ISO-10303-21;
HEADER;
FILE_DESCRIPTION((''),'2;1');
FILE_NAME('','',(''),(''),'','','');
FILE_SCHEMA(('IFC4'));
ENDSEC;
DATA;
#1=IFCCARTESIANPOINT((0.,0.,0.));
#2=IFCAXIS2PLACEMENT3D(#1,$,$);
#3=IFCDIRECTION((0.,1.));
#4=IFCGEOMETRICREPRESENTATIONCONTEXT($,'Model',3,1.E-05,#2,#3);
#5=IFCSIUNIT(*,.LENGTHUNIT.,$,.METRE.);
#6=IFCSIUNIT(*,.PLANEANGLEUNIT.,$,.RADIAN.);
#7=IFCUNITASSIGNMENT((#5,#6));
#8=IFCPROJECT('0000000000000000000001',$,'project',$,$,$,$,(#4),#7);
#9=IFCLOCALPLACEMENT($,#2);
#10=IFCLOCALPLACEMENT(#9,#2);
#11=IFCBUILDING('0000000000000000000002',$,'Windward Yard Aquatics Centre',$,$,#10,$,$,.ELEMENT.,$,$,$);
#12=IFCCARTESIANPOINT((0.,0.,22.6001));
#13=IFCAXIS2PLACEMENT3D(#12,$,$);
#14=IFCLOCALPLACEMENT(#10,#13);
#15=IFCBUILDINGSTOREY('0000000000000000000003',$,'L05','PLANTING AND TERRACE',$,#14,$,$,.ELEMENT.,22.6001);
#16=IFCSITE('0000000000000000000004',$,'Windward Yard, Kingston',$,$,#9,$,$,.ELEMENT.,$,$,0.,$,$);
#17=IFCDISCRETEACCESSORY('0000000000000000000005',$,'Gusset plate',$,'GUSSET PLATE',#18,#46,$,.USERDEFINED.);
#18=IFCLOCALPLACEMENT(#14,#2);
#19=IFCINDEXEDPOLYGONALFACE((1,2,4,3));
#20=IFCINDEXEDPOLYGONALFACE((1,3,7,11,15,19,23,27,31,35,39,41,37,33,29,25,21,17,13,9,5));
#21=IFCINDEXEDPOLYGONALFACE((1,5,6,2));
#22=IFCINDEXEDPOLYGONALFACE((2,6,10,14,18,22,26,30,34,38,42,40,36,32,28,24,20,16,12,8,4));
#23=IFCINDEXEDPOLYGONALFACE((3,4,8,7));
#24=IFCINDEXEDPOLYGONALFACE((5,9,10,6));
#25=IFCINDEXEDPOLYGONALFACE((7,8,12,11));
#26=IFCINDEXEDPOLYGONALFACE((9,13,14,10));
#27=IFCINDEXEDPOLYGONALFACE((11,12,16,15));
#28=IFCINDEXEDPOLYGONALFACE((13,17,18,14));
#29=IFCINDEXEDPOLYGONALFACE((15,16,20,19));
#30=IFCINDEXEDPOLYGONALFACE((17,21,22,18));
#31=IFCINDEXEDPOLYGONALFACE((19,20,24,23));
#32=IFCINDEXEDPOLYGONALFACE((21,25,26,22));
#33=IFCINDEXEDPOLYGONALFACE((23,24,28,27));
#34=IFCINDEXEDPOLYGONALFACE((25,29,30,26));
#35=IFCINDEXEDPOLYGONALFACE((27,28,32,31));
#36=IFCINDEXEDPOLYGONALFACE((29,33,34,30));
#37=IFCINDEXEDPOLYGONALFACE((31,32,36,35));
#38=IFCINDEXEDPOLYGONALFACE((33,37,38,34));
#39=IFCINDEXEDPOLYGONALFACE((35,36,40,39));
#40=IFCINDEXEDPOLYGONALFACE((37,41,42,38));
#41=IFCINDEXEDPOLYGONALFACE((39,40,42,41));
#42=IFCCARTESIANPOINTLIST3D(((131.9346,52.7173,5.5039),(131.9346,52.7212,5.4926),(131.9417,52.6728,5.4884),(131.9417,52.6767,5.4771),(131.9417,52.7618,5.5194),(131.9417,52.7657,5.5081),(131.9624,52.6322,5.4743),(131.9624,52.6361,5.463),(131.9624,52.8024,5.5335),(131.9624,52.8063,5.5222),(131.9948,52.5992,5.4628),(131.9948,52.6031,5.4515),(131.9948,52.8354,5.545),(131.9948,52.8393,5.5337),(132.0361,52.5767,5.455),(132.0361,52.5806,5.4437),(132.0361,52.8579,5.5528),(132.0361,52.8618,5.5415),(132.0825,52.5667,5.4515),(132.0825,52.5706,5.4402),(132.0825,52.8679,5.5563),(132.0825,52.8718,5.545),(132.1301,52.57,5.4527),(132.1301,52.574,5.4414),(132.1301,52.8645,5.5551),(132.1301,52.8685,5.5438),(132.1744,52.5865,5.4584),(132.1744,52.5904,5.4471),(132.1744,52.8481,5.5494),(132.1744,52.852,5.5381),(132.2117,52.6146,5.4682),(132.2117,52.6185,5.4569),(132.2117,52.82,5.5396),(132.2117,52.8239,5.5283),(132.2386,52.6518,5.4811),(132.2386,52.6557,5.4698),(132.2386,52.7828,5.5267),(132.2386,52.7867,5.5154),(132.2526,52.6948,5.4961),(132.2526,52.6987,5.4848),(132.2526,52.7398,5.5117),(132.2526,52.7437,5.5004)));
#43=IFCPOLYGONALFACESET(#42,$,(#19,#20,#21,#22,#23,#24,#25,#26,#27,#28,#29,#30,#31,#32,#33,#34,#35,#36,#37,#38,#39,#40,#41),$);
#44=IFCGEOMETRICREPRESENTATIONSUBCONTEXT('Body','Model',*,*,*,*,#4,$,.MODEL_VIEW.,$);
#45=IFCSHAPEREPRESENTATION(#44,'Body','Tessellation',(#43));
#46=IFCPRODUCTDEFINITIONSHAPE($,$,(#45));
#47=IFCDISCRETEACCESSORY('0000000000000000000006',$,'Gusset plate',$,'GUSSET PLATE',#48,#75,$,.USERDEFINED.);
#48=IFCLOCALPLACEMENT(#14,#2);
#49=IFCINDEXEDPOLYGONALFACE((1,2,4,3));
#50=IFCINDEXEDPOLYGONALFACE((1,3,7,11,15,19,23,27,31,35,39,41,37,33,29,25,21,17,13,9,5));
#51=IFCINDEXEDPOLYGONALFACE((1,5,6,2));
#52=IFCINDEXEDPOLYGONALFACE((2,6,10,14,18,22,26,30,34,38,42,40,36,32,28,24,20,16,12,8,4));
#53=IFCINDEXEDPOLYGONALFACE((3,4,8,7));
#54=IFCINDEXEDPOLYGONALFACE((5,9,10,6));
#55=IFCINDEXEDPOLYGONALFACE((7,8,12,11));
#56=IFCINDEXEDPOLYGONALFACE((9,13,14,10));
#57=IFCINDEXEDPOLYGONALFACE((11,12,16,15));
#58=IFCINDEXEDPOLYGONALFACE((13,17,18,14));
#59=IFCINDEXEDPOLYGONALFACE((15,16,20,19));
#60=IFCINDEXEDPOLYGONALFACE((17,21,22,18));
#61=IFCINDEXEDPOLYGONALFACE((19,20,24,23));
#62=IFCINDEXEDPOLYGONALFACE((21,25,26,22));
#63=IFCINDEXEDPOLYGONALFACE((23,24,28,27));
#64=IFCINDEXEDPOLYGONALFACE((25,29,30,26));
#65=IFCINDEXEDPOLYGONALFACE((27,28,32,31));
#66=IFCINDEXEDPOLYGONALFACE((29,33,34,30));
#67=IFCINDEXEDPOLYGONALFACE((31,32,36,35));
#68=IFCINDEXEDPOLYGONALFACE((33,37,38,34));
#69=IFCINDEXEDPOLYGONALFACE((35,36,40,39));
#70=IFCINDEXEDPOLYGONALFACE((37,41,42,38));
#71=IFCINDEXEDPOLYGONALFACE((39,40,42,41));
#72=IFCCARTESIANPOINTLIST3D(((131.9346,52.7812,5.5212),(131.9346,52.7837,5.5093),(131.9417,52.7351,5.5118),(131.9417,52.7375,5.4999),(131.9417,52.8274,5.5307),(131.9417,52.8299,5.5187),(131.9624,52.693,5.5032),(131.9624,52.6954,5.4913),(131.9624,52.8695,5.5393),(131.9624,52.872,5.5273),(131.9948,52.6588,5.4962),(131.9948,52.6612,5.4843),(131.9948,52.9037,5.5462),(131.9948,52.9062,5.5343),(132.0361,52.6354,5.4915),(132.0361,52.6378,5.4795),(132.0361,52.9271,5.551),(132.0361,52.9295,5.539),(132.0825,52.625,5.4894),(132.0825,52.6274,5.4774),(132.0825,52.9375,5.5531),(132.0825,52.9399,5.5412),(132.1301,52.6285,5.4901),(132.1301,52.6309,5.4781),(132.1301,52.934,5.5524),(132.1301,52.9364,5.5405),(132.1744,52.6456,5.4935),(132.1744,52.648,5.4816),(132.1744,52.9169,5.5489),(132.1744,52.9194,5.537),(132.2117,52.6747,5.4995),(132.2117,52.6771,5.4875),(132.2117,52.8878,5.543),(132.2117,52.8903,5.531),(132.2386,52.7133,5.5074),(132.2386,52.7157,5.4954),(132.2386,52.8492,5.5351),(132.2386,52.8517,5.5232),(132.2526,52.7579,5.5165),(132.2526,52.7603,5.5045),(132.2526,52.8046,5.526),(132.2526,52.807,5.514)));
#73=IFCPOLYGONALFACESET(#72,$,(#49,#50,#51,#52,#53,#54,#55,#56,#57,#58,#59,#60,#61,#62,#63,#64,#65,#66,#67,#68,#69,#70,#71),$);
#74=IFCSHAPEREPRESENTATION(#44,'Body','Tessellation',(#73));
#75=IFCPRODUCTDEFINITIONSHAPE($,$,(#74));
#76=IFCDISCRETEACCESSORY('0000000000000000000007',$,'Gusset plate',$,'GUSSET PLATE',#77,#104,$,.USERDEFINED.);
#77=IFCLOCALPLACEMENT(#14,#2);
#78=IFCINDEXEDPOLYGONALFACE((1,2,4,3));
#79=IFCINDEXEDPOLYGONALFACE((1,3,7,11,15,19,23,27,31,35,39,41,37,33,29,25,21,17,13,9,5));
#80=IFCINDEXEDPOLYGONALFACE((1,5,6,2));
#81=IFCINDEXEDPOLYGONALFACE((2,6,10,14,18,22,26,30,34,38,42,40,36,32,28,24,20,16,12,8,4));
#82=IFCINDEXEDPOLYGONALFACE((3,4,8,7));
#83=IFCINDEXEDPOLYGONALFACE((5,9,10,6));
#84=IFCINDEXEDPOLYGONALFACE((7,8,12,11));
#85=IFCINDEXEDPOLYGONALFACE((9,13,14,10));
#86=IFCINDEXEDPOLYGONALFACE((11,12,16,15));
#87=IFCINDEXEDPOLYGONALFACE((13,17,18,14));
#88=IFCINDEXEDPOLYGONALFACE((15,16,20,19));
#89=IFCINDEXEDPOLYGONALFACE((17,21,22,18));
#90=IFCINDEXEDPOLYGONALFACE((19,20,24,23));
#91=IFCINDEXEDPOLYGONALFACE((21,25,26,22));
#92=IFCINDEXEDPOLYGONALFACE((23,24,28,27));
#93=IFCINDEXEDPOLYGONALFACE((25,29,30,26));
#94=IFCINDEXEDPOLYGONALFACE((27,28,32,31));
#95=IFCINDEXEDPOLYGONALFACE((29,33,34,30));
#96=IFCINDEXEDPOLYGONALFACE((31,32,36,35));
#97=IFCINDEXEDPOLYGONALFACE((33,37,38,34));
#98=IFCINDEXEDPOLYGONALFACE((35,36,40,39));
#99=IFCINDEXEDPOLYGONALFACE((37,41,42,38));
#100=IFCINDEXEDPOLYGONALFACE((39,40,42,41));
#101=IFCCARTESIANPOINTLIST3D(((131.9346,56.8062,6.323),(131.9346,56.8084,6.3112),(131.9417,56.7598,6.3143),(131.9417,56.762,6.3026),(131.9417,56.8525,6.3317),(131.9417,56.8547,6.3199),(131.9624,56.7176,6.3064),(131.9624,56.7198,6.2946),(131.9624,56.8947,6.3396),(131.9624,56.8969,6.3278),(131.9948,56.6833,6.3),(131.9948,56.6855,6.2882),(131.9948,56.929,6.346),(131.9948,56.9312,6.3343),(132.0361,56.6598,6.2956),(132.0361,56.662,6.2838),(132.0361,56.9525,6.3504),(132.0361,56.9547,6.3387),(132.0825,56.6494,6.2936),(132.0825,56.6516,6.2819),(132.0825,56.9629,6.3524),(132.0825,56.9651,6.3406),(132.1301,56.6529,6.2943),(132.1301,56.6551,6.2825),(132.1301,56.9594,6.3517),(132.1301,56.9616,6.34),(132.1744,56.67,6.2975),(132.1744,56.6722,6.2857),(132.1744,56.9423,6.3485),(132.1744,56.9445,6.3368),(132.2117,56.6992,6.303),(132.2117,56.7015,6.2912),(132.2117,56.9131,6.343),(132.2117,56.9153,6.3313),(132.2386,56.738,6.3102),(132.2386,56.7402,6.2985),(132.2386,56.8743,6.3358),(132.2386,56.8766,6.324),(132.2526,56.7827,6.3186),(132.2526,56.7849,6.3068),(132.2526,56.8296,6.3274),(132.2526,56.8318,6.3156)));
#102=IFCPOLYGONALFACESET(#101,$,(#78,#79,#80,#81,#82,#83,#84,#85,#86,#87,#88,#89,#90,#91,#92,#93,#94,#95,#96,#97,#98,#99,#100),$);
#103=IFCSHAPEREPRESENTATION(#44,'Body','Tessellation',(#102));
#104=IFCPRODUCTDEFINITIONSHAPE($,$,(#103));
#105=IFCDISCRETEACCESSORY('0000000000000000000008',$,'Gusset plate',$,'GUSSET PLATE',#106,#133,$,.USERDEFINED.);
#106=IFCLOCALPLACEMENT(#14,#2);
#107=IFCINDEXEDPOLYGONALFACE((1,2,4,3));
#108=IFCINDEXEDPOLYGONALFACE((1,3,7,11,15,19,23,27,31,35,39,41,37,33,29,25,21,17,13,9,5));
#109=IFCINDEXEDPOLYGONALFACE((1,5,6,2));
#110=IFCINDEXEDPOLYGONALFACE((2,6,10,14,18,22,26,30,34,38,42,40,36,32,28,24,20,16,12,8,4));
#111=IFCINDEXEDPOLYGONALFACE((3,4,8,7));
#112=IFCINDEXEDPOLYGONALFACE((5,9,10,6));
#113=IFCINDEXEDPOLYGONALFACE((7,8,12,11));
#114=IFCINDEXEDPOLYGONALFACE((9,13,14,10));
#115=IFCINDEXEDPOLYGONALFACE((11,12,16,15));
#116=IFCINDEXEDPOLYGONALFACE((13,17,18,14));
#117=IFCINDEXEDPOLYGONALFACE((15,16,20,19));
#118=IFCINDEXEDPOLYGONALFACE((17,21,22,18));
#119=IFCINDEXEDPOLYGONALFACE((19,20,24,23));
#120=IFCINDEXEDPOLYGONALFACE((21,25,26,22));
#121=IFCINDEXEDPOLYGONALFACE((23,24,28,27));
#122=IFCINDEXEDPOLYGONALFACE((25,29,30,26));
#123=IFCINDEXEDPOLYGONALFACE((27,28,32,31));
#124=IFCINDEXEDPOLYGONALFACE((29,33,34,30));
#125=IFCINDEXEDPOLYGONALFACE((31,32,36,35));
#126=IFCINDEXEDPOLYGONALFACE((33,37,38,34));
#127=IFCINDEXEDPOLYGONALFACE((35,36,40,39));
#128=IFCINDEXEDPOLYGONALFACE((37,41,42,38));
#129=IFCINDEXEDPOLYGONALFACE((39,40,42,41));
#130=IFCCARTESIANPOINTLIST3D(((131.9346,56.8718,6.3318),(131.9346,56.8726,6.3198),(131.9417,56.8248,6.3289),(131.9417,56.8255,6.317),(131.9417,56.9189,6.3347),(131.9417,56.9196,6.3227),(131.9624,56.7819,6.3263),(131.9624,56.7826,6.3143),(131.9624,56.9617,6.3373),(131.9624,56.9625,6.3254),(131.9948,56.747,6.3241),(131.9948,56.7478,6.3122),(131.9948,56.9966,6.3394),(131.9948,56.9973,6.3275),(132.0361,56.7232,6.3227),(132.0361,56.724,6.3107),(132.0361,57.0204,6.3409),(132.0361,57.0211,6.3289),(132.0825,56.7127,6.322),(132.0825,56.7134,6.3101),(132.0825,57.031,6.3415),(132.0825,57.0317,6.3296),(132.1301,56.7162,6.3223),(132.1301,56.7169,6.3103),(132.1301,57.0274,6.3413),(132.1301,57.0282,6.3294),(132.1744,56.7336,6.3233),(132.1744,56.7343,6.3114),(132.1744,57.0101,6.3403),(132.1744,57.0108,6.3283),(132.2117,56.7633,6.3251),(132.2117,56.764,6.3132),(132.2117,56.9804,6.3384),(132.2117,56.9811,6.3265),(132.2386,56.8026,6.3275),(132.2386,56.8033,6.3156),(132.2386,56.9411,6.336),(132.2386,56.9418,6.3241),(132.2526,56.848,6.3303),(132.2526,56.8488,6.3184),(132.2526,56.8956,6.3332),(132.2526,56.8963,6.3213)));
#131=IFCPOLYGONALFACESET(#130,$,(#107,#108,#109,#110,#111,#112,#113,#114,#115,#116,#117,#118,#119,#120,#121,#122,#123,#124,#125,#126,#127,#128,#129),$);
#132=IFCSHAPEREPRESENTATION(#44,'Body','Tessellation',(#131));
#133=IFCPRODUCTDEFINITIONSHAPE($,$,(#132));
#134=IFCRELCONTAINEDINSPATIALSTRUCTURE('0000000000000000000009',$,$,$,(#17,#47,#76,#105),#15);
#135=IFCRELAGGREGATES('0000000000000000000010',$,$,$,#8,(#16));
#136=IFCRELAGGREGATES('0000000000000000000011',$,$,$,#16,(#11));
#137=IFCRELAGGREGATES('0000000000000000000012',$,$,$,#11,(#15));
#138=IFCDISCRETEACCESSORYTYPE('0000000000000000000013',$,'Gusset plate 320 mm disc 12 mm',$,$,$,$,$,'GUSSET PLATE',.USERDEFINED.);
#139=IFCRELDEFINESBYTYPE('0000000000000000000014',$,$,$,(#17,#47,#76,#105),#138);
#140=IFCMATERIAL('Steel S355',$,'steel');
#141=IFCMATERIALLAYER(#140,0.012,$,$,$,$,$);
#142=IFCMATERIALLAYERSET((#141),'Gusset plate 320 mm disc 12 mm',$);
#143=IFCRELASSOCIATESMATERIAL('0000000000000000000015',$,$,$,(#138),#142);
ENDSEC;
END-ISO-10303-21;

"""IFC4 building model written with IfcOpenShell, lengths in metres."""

from ifc_helpers import new_model, si_unit, direction, frame, origin, origin_2d, place, context, subcontext, project, spatial, circle, extrude, material, layer, layer_set, type_object, element, save


model = new_model("IFC4")

# Units and contexts
model_context = context("Model", 3, precision=1e-05, world=origin(), true_north=direction((0.0, 1.0)))
body_context = subcontext(model_context, "Body", "Model", "MODEL_VIEW")
ifc_project = project(units=[si_unit("LENGTHUNIT", "METRE"), si_unit("PLANEANGLEUNIT", "RADIAN")], contexts=[model_context])

# Site, building, storey
site_placement = place(None, origin())
site = spatial("IfcSite", under=ifc_project, at=site_placement, Name="Windward Yard, Kingston", CompositionType="ELEMENT", RefElevation=0.0)
building_placement = place(site_placement, origin())
building = spatial("IfcBuilding", under=site, at=building_placement, Name="Windward Yard Aquatics Centre", CompositionType="ELEMENT")
storey_placement = place(building_placement, frame((0.0, 0.0, 22.6001)))
storey = spatial("IfcBuildingStorey", under=building, at=storey_placement, Name="L05", Description="PLANTING AND TERRACE", CompositionType="ELEMENT", Elevation=22.6001)

# Discrete accessories
ifc_material_1 = material(Name="Steel S355", Category="steel")
ifc_layer = layer(ifc_material_1, 0.012)
ifc_layer_set = layer_set([ifc_layer], Name="Gusset plate 320 mm disc 12 mm")
discrete_accessory_type = type_object("IfcDiscreteAccessoryType", Name="Gusset plate 320 mm disc 12 mm", ElementType="GUSSET PLATE", PredefinedType="USERDEFINED", material=ifc_layer_set)
for number, where, z_axis, x_axis, name in (
    (1, (132.0945, 52.7173, 5.5039), (0.0, 0.328521, -0.944497), (-1.0, 0.0, 0.0), "Gusset plate"),
):
    element("IfcDiscreteAccessory", number, at=place(storey_placement, frame(where, z_axis=z_axis, x_axis=x_axis)), inside=storey, type_object=discrete_accessory_type, Name=name, ObjectType="GUSSET PLATE", PredefinedType="USERDEFINED", context=body_context, shape_type="SweptSolid", body=[
        extrude(circle(Radius=0.1599, at=origin_2d()), origin(), (0.0, 0.0, 1.0), 0.012),
    ])
discrete_accessory_1_placement = place(storey_placement, frame((132.0945, 52.7812, 5.5212), z_axis=(0.0, 0.19996, -0.979804), x_axis=(-1.0, 0.0, 0.0)))
element("IfcDiscreteAccessory", 2, at=discrete_accessory_1_placement, inside=storey, type_object=discrete_accessory_type, Name="Gusset plate", ObjectType="GUSSET PLATE", PredefinedType="USERDEFINED", context=body_context, shape_type="SweptSolid", body=[
    extrude(circle(Radius=0.1599, at=origin_2d()), origin(), (0.0, 0.0, 1.0), 0.0122),
])
for number, where, z_axis, x_axis, name in (
    (3, (132.0945, 56.8062, 6.323), (0.0, 0.184289, -0.982872), (-1.0, 0.0, 0.0), "Gusset plate"),
    (4, (132.0945, 56.8718, 6.3318), (0.0, 0.06111, -0.998131), (-1.0, 0.0, 0.0), "Gusset plate"),
):
    element("IfcDiscreteAccessory", number, at=place(storey_placement, frame(where, z_axis=z_axis, x_axis=x_axis)), inside=storey, type_object=discrete_accessory_type, Name=name, ObjectType="GUSSET PLATE", PredefinedType="USERDEFINED", context=body_context, shape_type="SweptSolid", body=[
        extrude(circle(Radius=0.1599, at=origin_2d()), origin(), (0.0, 0.0, 1.0), 0.012),
    ])

save(model, "model.ifc")
